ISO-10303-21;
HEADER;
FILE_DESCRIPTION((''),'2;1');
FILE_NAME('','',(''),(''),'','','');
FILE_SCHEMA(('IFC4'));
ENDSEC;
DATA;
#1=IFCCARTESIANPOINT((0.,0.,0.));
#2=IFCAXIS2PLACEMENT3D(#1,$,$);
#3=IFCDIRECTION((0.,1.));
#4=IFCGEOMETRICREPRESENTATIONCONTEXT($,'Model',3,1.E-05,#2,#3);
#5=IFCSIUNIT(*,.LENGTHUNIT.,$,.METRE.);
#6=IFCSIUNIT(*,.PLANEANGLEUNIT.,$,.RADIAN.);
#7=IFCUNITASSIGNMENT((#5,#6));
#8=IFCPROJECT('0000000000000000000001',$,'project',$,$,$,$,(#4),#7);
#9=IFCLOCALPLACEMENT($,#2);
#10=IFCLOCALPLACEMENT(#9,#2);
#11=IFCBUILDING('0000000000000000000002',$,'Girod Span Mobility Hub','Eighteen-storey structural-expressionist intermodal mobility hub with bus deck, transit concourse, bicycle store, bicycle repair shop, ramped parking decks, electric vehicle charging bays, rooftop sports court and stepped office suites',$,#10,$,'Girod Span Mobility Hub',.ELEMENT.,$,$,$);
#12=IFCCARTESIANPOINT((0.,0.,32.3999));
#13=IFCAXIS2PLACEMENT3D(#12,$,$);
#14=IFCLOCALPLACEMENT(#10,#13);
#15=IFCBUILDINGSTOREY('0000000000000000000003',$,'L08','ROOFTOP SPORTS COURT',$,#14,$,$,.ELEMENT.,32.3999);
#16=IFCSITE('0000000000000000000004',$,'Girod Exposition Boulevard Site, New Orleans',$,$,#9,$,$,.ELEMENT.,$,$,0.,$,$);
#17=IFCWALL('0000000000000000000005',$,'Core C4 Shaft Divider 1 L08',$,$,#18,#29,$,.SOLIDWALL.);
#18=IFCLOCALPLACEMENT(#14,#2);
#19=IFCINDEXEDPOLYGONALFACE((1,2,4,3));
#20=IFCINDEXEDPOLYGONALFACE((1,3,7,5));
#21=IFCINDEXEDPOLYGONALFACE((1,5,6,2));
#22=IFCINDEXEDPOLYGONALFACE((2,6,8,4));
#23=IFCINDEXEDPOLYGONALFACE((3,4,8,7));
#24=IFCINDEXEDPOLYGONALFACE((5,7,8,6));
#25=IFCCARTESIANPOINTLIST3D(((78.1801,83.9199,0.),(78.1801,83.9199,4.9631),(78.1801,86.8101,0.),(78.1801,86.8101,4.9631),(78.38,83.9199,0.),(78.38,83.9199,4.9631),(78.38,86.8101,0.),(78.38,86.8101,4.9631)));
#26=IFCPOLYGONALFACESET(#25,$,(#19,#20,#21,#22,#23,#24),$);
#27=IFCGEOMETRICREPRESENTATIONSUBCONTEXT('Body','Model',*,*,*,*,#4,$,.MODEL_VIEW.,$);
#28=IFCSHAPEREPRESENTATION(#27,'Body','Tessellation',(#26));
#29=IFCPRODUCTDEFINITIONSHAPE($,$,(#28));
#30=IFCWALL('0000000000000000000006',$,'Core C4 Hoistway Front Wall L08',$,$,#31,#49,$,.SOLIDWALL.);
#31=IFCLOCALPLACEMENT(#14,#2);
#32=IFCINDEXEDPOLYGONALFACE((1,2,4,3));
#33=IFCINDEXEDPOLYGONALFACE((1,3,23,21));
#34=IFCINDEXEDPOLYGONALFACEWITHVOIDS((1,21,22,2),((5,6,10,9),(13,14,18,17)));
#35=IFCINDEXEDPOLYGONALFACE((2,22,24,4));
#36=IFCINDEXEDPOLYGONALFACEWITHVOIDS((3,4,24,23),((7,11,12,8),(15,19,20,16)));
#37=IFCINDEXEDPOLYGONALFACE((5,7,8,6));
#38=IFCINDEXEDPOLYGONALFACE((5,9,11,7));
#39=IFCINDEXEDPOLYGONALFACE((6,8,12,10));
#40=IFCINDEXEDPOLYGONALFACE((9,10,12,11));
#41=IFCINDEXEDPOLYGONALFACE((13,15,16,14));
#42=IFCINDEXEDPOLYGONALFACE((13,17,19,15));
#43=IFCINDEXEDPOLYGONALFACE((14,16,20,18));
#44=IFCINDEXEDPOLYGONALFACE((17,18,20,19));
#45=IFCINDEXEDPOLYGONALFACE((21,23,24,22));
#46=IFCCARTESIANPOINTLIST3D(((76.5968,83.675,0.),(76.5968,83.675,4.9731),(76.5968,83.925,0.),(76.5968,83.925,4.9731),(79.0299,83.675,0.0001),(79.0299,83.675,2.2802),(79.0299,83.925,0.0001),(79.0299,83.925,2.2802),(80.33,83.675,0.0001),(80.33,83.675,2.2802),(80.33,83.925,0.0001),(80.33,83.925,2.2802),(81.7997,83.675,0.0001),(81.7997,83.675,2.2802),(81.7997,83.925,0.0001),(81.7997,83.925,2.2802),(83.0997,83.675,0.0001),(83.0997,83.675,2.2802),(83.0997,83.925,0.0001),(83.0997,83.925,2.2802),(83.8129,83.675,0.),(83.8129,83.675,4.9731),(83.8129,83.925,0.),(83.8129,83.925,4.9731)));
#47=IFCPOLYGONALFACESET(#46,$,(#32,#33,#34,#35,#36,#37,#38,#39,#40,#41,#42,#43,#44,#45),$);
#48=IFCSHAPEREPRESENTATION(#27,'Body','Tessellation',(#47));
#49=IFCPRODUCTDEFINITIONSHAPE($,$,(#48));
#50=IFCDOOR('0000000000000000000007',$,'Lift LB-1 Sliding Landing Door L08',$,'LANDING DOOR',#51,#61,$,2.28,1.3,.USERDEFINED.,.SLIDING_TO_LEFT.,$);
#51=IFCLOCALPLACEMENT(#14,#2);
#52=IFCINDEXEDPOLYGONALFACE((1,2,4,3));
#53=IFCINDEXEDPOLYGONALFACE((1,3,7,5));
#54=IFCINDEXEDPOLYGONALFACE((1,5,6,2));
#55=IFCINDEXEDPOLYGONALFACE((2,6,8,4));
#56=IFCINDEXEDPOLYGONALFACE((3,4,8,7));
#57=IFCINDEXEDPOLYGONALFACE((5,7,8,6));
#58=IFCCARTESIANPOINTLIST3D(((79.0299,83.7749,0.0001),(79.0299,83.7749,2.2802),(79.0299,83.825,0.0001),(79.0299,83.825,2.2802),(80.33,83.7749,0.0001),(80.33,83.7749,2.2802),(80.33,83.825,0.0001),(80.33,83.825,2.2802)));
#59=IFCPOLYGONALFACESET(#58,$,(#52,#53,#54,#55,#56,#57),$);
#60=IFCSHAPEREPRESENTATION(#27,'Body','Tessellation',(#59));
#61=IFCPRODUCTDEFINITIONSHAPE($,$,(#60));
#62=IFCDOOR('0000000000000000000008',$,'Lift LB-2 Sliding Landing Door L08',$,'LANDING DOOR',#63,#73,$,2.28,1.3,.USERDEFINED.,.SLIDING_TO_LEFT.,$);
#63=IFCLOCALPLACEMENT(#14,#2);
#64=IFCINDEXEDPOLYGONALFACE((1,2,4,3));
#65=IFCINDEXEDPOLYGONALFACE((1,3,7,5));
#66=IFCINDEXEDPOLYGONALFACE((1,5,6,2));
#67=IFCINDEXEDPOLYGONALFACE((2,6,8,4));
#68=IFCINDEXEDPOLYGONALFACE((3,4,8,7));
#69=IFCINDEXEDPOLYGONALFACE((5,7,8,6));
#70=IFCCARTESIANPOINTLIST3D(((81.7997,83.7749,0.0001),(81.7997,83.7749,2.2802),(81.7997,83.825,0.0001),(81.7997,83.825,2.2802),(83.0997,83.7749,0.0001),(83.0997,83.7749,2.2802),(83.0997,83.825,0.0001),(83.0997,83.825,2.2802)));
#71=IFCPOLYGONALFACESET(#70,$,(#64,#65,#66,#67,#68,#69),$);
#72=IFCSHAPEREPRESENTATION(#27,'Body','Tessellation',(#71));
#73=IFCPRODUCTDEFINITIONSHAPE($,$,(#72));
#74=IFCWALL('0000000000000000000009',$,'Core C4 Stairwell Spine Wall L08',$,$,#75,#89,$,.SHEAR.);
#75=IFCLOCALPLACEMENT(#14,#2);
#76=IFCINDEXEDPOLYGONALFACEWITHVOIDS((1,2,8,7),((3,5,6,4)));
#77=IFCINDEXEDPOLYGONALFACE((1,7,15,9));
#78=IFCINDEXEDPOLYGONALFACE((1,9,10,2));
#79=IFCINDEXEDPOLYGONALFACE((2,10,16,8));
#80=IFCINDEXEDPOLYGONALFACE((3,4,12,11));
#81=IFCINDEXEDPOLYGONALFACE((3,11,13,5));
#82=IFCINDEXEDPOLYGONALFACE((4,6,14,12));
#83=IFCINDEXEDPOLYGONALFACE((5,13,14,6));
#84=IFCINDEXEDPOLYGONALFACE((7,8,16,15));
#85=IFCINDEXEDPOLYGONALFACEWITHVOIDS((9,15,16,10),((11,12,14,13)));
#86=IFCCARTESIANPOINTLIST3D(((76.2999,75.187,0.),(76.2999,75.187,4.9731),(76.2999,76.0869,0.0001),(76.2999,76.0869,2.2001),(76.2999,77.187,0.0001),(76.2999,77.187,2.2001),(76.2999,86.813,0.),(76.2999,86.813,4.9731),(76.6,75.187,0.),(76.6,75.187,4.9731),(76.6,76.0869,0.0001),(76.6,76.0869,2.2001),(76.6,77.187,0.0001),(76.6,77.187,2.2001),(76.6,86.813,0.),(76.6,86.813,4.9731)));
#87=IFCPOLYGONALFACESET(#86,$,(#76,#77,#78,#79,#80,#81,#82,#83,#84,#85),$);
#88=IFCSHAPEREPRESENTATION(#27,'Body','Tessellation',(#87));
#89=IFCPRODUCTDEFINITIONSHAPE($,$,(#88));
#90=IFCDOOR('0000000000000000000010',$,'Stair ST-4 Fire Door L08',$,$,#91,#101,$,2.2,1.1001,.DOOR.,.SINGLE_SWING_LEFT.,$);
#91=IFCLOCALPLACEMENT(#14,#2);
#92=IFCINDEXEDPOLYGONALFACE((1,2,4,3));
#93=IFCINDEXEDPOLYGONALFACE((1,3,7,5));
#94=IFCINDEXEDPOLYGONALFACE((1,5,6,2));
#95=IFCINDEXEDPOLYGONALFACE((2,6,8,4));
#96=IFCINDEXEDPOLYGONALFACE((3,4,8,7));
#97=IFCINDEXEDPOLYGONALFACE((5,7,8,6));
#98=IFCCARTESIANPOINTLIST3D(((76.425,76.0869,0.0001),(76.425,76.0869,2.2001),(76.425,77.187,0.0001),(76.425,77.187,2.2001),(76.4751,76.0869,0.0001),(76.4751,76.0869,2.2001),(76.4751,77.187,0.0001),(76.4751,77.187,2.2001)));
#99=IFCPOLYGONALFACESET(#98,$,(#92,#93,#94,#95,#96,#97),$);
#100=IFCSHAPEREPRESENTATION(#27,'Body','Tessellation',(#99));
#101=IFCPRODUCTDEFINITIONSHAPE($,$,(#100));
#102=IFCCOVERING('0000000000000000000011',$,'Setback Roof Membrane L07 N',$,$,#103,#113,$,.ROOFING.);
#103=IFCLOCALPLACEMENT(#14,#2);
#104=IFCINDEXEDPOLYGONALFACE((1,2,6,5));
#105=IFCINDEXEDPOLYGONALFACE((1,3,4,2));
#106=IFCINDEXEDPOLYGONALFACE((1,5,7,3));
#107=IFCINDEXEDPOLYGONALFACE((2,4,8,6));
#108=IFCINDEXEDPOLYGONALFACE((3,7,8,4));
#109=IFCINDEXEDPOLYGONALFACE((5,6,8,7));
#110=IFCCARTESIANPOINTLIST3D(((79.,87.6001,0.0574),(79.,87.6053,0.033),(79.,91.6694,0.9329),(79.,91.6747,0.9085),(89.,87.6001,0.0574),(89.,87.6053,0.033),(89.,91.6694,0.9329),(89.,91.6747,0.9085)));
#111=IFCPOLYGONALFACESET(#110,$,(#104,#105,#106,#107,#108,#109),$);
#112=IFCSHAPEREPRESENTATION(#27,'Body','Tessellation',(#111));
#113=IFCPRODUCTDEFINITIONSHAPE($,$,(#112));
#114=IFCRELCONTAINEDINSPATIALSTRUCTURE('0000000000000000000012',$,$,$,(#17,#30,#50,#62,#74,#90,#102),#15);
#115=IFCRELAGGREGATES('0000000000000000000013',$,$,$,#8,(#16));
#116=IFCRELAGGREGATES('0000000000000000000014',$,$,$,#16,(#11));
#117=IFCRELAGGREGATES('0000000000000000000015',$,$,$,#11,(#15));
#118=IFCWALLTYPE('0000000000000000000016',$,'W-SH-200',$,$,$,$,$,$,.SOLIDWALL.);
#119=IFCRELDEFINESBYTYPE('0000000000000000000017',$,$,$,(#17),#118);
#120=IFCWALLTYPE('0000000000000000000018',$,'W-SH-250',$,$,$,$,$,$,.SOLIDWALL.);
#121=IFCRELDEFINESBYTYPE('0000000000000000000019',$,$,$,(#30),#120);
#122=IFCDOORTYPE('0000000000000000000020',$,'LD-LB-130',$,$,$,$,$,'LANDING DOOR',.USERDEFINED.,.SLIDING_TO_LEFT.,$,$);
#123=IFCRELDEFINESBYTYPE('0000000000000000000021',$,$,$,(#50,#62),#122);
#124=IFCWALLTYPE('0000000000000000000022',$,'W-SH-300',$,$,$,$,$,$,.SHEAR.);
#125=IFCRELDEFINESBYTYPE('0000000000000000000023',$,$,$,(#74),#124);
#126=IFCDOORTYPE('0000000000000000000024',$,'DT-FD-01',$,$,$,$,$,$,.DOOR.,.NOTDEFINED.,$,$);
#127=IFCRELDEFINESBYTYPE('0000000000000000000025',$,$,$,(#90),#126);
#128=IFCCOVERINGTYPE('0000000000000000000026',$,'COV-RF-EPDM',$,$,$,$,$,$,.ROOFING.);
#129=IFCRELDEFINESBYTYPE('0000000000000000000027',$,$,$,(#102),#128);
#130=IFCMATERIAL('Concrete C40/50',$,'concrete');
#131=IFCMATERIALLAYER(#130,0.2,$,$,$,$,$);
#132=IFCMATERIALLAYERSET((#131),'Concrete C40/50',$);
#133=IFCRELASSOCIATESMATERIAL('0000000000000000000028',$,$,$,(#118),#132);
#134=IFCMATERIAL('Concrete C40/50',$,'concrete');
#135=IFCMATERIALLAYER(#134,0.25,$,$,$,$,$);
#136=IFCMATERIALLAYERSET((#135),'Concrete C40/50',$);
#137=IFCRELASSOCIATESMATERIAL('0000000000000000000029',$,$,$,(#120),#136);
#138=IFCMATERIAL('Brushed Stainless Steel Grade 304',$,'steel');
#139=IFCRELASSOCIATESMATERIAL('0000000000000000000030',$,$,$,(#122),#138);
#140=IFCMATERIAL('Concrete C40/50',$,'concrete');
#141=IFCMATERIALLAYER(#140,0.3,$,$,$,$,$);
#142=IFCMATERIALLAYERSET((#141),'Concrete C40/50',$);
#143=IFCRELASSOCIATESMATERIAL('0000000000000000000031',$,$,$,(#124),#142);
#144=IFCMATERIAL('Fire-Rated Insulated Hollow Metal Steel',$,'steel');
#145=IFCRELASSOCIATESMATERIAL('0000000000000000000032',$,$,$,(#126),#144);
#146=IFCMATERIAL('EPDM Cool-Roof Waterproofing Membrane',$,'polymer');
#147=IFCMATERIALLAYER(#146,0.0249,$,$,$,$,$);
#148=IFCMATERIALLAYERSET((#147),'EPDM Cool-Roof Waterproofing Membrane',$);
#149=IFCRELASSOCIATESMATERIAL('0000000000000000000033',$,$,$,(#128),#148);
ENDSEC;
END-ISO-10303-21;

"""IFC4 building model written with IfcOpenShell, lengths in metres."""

from ifc_helpers import new_model, si_unit, direction, frame, frame_2d, origin, place, context, subcontext, project, spatial, polyline, rectangle, outline, extrude, material, layer, layer_set, type_object, element, fill, save


model = new_model("IFC4")

# Units and contexts
model_context = context("Model", 3, precision=1e-05, world=origin(), true_north=direction((0.0, 1.0)))
body_context = subcontext(model_context, "Body", "Model", "MODEL_VIEW")
ifc_project = project(units=[si_unit("LENGTHUNIT", "METRE"), si_unit("PLANEANGLEUNIT", "RADIAN")], contexts=[model_context])

# Site, building, storey
site_placement = place(None, origin())
site = spatial("IfcSite", under=ifc_project, at=site_placement, Name="Girod Exposition Boulevard Site, New Orleans", CompositionType="ELEMENT", RefElevation=0.0)
building_placement = place(site_placement, origin())
building = spatial("IfcBuilding", under=site, at=building_placement, Name="Girod Span Mobility Hub", Description="Eighteen-storey structural-expressionist intermodal mobility hub with bus deck, transit concourse, bicycle store, bicycle repair shop, ramped parking decks, electric vehicle charging bays, rooftop sports court and stepped office suites", LongName="Girod Span Mobility Hub", CompositionType="ELEMENT")
storey_placement = place(building_placement, frame((0.0, 0.0, 32.3999)))
storey = spatial("IfcBuildingStorey", under=building, at=storey_placement, Name="L08", Description="ROOFTOP SPORTS COURT", CompositionType="ELEMENT", Elevation=32.3999)

# Wall
ifc_material_1 = material(Name="Concrete C40/50", Category="concrete")
ifc_layer_1 = layer(ifc_material_1, 0.2)
ifc_layer_set_1 = layer_set([ifc_layer_1], Name="Concrete C40/50")
wall_type_1 = type_object("IfcWallType", Name="W-SH-200", PredefinedType="SOLIDWALL", material=ifc_layer_set_1)
wall_1_placement = place(storey_placement, frame((78.28, 83.9199, 0.0), z_axis=(0.0, 0.0, 1.0), x_axis=(0.0, 1.0, 0.0)))
element("IfcWall", 1, at=wall_1_placement, inside=storey, type_object=wall_type_1, Name="Core C4 Shaft Divider 1 L08", PredefinedType="SOLIDWALL", context=body_context, shape_type="SweptSolid", body=[
    extrude(rectangle(XDim=2.8901, YDim=0.2, at=frame_2d((1.4451, 0.0))), origin(), (0.0, 0.0, 1.0), 4.9631),
])

# Wall, openings, doors
ifc_material_2 = material(Name="Concrete C40/50", Category="concrete")
ifc_layer_2 = layer(ifc_material_2, 0.25)
ifc_layer_set_2 = layer_set([ifc_layer_2], Name="Concrete C40/50")
wall_type_2 = type_object("IfcWallType", Name="W-SH-250", PredefinedType="SOLIDWALL", material=ifc_layer_set_2)
wall_2_placement = place(storey_placement, frame((76.5969, 83.8, 0.0), z_axis=(0.0, 0.0, 1.0), x_axis=(1.0, 0.0, 0.0)))
wall_2 = element("IfcWall", 2, at=wall_2_placement, inside=storey, type_object=wall_type_2, Name="Core C4 Hoistway Front Wall L08", PredefinedType="SOLIDWALL", context=body_context, shape_type="SweptSolid", body=[
    extrude(rectangle(XDim=7.2161, YDim=0.25, at=frame_2d((3.6079, 0.0))), origin(), (0.0, 0.0, 1.0), 4.9731),
])
opening_1_placement = place(wall_2_placement, frame((2.4331, 0.0, 0.0)))
opening_1 = element("IfcOpeningElement", 3, at=opening_1_placement, cuts=wall_2, PredefinedType="OPENING", context=body_context, shape_type="SweptSolid", body=[
    extrude(rectangle(XDim=1.3, YDim=2.28, at=frame_2d((0.6499, 1.1401))), frame((0.0, 0.1399, 0.0), z_axis=(0.0, -1.0, 0.0), x_axis=(1.0, 0.0, 0.0)), (0.0, 0.0, 1.0), 0.28),
])
opening_2_placement = place(wall_2_placement, frame((5.2029, 0.0, 0.0)))
opening_2 = element("IfcOpeningElement", 4, at=opening_2_placement, cuts=wall_2, PredefinedType="OPENING", context=body_context, shape_type="SweptSolid", body=[
    extrude(rectangle(XDim=1.3, YDim=2.28, at=frame_2d((0.6499, 1.1401))), frame((0.0, 0.1399, 0.0), z_axis=(0.0, -1.0, 0.0), x_axis=(1.0, 0.0, 0.0)), (0.0, 0.0, 1.0), 0.28),
])
ifc_material_3 = material(Name="Brushed Stainless Steel Grade 304", Category="steel")
door_type_1 = type_object("IfcDoorType", Name="LD-LB-130", ElementType="LANDING DOOR", OperationType="SLIDING_TO_LEFT", PredefinedType="USERDEFINED", material=ifc_material_3)
door_1_placement = place(opening_1_placement, origin())
door_1 = element("IfcDoor", 5, at=door_1_placement, inside=storey, type_object=door_type_1, Name="Lift LB-1 Sliding Landing Door L08", ObjectType="LANDING DOOR", OperationType="SLIDING_TO_LEFT", OverallHeight=2.28, OverallWidth=1.3, PredefinedType="USERDEFINED", context=body_context, shape_type="SweptSolid", body=[
    extrude(rectangle(XDim=1.3, YDim=2.28, at=frame_2d((0.6499, 1.1401))), frame((0.0, 0.0249, 0.0), z_axis=(0.0, -1.0, 0.0), x_axis=(1.0, 0.0, 0.0)), (0.0, 0.0, 1.0), 0.05),
])
fill(opening_1, door_1)
door_2_placement = place(opening_2_placement, origin())
door_2 = element("IfcDoor", 6, at=door_2_placement, inside=storey, type_object=door_type_1, Name="Lift LB-2 Sliding Landing Door L08", ObjectType="LANDING DOOR", OperationType="SLIDING_TO_LEFT", OverallHeight=2.28, OverallWidth=1.3, PredefinedType="USERDEFINED", context=body_context, shape_type="SweptSolid", body=[
    extrude(rectangle(XDim=1.3, YDim=2.28, at=frame_2d((0.6499, 1.1401))), frame((0.0, 0.0249, 0.0), z_axis=(0.0, -1.0, 0.0), x_axis=(1.0, 0.0, 0.0)), (0.0, 0.0, 1.0), 0.05),
])
fill(opening_2, door_2)

# Wall, opening, door
ifc_material_4 = material(Name="Concrete C40/50", Category="concrete")
ifc_layer_3 = layer(ifc_material_4, 0.3)
ifc_layer_set_3 = layer_set([ifc_layer_3], Name="Concrete C40/50")
wall_type_3 = type_object("IfcWallType", Name="W-SH-300", PredefinedType="SHEAR", material=ifc_layer_set_3)
wall_3_placement = place(storey_placement, frame((76.45, 75.187, 0.0), z_axis=(0.0, 0.0, 1.0), x_axis=(0.0, 1.0, 0.0)))
wall_3 = element("IfcWall", 7, at=wall_3_placement, inside=storey, type_object=wall_type_3, Name="Core C4 Stairwell Spine Wall L08", PredefinedType="SHEAR", context=body_context, shape_type="SweptSolid", body=[
    extrude(rectangle(XDim=11.626, YDim=0.3, at=frame_2d((5.813, 0.0))), origin(), (0.0, 0.0, 1.0), 4.9731),
])
opening_3_placement = place(wall_3_placement, frame((0.8999, 0.0, 0.0)))
opening_3 = element("IfcOpeningElement", 8, at=opening_3_placement, cuts=wall_3, PredefinedType="OPENING", context=body_context, shape_type="SweptSolid", body=[
    extrude(rectangle(XDim=1.1001, YDim=2.2, at=frame_2d((0.55, 1.1001))), frame((0.0, 0.165, 0.0), z_axis=(0.0, -1.0, 0.0), x_axis=(1.0, 0.0, 0.0)), (0.0, 0.0, 1.0), 0.3301),
])
ifc_material_5 = material(Name="Fire-Rated Insulated Hollow Metal Steel", Category="steel")
door_type_2 = type_object("IfcDoorType", Name="DT-FD-01", OperationType="NOTDEFINED", PredefinedType="DOOR", material=ifc_material_5)
door_3_placement = place(opening_3_placement, origin())
door_3 = element("IfcDoor", 9, at=door_3_placement, inside=storey, type_object=door_type_2, Name="Stair ST-4 Fire Door L08", OperationType="SINGLE_SWING_LEFT", OverallHeight=2.2, OverallWidth=1.1001, PredefinedType="DOOR", context=body_context, shape_type="SweptSolid", body=[
    extrude(rectangle(XDim=1.1001, YDim=2.2, at=frame_2d((0.55, 1.1001))), frame((0.0, 0.0249, 0.0), z_axis=(0.0, -1.0, 0.0), x_axis=(1.0, 0.0, 0.0)), (0.0, 0.0, 1.0), 0.05),
])
fill(opening_3, door_3)

# Covering
ifc_material_6 = material(Name="EPDM Cool-Roof Waterproofing Membrane", Category="polymer")
ifc_layer_4 = layer(ifc_material_6, 0.0249)
ifc_layer_set_4 = layer_set([ifc_layer_4], Name="EPDM Cool-Roof Waterproofing Membrane")
covering_type = type_object("IfcCoveringType", Name="COV-RF-EPDM", PredefinedType="ROOFING", material=ifc_layer_set_4)
covering_placement = place(storey_placement, frame((79.0, 87.6001, 0.0574), z_axis=(0.0, -0.21033, 0.97763), x_axis=(1.0, 0.0, 0.0)))
element("IfcCovering", 10, at=covering_placement, inside=storey, type_object=covering_type, Name="Setback Roof Membrane L07 N", PredefinedType="ROOFING", context=body_context, shape_type="SweptSolid", body=[
    extrude(outline(polyline([(0.0, 0.0), (10.0, 0.0), (10.0, 4.1624), (0.0, 4.1624), (0.0, 0.0)])), origin(), (0.0, 0.0, -1.0), 0.0249),
])

save(model, "model.ifc")
